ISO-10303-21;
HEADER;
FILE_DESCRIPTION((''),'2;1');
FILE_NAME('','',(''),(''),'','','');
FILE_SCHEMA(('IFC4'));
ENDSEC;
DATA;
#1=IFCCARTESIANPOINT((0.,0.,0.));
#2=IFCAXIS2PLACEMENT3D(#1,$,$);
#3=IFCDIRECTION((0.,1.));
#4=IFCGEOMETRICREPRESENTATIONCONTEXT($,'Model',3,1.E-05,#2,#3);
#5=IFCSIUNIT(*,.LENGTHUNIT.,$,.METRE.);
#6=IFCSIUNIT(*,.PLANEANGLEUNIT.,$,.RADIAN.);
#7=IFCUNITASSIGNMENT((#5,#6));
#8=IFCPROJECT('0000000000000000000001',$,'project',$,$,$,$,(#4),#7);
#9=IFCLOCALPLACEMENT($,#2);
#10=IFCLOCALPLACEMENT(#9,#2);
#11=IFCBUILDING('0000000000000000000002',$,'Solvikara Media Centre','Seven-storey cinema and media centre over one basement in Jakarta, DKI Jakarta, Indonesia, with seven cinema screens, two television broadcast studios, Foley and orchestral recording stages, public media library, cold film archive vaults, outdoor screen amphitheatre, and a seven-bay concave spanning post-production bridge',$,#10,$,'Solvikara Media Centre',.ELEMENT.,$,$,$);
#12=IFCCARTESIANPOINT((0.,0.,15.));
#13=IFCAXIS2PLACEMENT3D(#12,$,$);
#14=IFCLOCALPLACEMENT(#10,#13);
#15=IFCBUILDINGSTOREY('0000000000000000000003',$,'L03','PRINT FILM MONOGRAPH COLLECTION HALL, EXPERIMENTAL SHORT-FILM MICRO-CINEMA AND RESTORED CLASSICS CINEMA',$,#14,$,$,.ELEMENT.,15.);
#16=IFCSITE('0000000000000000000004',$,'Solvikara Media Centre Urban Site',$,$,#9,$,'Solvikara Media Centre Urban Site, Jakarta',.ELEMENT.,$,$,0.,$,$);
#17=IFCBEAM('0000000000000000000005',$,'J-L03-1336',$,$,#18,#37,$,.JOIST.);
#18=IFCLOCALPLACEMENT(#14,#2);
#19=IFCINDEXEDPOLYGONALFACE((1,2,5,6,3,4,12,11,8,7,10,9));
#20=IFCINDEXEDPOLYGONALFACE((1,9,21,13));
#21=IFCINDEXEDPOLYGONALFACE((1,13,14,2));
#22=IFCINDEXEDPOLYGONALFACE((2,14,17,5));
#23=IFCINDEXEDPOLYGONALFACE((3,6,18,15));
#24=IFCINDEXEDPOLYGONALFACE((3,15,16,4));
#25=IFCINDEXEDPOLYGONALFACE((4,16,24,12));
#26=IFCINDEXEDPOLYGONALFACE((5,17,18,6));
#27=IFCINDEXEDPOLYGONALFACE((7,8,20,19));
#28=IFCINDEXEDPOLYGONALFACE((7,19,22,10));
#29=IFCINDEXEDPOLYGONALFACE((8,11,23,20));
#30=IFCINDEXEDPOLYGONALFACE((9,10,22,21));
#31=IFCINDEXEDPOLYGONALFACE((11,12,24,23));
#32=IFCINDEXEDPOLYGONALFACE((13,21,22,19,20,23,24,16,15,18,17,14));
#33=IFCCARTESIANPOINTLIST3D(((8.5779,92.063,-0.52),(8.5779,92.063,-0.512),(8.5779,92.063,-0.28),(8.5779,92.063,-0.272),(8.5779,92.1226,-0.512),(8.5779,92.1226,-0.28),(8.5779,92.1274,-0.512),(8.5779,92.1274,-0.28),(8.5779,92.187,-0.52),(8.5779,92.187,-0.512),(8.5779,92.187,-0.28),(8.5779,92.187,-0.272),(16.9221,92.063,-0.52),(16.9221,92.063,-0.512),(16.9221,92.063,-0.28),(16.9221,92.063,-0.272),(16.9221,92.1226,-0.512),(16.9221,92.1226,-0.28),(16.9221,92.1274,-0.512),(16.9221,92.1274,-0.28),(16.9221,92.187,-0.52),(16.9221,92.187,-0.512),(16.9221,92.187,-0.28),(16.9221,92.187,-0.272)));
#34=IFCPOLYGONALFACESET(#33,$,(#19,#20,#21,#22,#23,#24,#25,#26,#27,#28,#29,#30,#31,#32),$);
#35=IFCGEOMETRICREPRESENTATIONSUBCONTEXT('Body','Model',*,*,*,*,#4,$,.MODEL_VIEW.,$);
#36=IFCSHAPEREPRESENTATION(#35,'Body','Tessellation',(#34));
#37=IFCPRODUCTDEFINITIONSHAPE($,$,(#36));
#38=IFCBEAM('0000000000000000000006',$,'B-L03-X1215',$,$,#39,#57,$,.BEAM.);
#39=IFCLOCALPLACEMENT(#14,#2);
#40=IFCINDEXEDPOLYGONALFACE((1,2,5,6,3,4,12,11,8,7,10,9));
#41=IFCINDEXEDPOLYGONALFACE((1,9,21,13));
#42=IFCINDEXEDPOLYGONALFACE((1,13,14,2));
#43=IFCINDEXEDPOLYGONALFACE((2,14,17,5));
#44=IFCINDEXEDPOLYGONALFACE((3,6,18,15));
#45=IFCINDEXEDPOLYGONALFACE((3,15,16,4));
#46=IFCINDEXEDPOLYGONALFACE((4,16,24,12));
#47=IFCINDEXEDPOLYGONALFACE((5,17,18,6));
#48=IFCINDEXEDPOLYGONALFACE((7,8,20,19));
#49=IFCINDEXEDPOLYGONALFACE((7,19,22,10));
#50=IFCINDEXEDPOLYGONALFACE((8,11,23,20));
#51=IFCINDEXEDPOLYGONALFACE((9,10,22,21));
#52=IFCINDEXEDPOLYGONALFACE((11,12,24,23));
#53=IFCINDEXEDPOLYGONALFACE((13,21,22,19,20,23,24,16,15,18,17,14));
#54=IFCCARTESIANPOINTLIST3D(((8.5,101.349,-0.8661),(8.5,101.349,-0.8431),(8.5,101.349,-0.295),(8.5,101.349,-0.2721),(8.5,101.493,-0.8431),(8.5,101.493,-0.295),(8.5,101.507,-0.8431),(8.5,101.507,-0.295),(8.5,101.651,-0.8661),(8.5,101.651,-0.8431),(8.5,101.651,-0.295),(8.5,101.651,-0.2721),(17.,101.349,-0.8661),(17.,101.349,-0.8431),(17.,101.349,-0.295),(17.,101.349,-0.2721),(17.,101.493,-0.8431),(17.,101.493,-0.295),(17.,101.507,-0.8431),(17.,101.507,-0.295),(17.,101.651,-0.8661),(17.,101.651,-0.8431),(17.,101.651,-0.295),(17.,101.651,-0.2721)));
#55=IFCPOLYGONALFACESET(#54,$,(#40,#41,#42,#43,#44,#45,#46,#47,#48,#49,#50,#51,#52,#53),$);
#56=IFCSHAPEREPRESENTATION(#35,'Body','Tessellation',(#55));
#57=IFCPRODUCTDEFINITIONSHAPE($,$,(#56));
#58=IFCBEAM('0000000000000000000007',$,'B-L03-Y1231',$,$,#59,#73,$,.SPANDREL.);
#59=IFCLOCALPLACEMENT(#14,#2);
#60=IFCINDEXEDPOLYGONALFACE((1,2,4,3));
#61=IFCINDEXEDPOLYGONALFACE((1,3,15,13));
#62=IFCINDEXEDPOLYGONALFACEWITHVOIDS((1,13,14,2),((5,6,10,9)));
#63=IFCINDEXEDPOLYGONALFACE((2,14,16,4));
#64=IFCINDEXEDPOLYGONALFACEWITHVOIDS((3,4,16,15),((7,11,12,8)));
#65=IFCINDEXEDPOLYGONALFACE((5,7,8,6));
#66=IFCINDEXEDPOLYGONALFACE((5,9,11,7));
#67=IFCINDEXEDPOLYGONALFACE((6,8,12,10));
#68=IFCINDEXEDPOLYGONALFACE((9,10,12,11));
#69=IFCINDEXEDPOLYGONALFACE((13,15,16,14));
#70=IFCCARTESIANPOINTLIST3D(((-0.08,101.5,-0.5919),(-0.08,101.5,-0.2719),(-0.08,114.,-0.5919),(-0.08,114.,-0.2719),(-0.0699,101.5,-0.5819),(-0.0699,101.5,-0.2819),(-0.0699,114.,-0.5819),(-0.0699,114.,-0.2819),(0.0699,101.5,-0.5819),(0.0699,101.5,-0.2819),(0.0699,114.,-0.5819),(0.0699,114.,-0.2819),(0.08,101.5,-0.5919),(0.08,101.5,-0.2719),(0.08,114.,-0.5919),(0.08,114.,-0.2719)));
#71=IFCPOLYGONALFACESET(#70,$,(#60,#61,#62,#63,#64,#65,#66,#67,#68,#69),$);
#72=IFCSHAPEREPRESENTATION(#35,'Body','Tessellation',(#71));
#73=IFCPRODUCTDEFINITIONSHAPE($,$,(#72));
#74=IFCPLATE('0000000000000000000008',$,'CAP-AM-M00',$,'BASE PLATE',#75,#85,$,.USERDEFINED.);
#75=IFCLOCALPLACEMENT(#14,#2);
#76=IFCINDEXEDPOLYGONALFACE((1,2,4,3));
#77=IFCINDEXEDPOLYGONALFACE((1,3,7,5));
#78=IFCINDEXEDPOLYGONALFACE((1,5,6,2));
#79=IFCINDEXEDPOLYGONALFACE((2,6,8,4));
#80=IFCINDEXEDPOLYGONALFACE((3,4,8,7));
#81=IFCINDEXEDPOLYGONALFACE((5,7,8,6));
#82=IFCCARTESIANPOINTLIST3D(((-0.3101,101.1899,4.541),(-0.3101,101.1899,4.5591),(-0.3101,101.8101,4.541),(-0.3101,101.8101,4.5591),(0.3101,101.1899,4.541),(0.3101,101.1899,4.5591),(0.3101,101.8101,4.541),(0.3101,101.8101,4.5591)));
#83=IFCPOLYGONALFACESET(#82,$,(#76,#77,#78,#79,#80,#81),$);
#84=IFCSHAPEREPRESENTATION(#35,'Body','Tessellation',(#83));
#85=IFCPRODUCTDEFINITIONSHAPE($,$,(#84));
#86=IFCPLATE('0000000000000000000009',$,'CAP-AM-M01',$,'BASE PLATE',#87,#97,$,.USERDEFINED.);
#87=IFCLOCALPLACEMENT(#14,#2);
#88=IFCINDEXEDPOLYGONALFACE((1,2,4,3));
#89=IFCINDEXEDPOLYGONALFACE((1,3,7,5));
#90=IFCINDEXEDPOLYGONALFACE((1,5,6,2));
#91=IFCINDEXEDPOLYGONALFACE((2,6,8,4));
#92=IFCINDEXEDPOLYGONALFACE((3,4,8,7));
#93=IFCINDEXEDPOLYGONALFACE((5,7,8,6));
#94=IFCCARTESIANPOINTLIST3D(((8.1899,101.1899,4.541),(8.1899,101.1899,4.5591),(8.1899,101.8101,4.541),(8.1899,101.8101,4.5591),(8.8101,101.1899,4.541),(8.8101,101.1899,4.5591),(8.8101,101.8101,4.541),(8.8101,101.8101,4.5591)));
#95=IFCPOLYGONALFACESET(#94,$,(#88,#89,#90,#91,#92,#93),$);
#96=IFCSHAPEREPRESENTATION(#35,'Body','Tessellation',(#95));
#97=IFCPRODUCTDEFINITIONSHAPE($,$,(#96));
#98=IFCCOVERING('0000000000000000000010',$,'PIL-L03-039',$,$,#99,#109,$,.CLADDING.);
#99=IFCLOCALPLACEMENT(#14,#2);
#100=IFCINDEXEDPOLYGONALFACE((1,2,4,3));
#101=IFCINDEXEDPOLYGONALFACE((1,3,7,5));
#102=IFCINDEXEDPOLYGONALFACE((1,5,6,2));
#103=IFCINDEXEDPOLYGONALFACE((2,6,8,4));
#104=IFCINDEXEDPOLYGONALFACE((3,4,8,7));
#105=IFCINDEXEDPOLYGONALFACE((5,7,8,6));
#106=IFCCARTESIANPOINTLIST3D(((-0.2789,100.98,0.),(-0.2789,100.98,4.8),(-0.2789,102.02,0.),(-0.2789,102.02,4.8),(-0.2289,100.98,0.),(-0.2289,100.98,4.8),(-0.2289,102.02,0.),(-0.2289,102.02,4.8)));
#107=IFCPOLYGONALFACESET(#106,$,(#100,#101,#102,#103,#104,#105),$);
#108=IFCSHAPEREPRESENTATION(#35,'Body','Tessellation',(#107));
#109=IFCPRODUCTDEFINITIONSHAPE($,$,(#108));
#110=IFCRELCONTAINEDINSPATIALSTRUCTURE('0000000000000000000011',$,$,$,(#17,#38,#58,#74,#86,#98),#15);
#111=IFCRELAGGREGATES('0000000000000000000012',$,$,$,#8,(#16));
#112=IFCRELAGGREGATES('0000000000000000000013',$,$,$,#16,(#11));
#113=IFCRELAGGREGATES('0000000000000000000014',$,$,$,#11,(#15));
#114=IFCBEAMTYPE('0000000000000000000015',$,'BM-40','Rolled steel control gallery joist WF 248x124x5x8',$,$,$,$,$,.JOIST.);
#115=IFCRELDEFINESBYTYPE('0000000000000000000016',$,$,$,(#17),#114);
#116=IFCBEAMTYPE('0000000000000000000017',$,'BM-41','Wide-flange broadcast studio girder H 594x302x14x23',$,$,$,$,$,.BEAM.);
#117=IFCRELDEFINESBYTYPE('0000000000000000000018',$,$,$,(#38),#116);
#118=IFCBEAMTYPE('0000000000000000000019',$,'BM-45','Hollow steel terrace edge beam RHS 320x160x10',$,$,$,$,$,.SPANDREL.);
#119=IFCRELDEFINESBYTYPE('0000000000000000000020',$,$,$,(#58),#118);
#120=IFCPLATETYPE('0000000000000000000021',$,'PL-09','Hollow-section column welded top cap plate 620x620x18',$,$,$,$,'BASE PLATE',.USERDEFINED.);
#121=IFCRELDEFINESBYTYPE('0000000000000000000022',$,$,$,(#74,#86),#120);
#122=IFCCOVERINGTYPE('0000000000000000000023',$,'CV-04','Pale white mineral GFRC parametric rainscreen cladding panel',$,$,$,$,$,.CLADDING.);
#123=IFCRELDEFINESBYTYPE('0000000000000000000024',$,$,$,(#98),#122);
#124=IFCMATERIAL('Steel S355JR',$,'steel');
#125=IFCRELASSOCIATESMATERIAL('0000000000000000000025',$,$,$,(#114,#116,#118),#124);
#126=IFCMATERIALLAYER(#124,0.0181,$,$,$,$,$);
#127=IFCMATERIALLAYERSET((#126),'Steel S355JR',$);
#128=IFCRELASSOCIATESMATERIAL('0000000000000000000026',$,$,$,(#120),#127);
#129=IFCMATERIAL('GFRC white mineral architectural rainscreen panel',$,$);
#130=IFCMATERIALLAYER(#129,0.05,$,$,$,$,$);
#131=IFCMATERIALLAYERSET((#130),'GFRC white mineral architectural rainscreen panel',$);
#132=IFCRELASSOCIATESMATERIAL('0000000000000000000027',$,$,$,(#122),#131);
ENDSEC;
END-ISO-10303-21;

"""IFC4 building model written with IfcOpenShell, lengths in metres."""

from ifc_helpers import new_model, si_unit, direction, frame, origin, origin_2d, place, context, subcontext, project, spatial, rectangle, hollow_rectangle, i_section, extrude, material, layer, layer_set, material_profile, profile_set, type_object, element, save


model = new_model("IFC4")

# Units and contexts
model_context = context("Model", 3, precision=1e-05, world=origin(), true_north=direction((0.0, 1.0)))
body_context = subcontext(model_context, "Body", "Model", "MODEL_VIEW")
ifc_project = project(units=[si_unit("LENGTHUNIT", "METRE"), si_unit("PLANEANGLEUNIT", "RADIAN")], contexts=[model_context])

# Site, building, storey
site_placement = place(None, origin())
site = spatial("IfcSite", under=ifc_project, at=site_placement, Name="Solvikara Media Centre Urban Site", LongName="Solvikara Media Centre Urban Site, Jakarta", CompositionType="ELEMENT", RefElevation=0.0)
building_placement = place(site_placement, origin())
building = spatial("IfcBuilding", under=site, at=building_placement, Name="Solvikara Media Centre", Description="Seven-storey cinema and media centre over one basement in Jakarta, DKI Jakarta, Indonesia, with seven cinema screens, two television broadcast studios, Foley and orchestral recording stages, public media library, cold film archive vaults, outdoor screen amphitheatre, and a seven-bay concave spanning post-production bridge", LongName="Solvikara Media Centre", CompositionType="ELEMENT")
storey_placement = place(building_placement, frame((0.0, 0.0, 15.0)))
storey = spatial("IfcBuildingStorey", under=building, at=storey_placement, Name="L03", Description="PRINT FILM MONOGRAPH COLLECTION HALL, EXPERIMENTAL SHORT-FILM MICRO-CINEMA AND RESTORED CLASSICS CINEMA", CompositionType="ELEMENT", Elevation=15.0)

# Shared definitions
ifc_material_1 = material(Name="Steel S355JR", Category="steel")

# Beams
ifc_material_profile_1 = material_profile(ifc_material_1, i_section(OverallWidth=0.124, OverallDepth=0.248, WebThickness=0.0049, FlangeThickness=0.0081, at=origin_2d()), Name="WF 248x124x5x8")
ifc_profile_set_1 = profile_set([ifc_material_profile_1], Name="Steel S355JR")
beam_type_1 = type_object("IfcBeamType", Name="BM-40", Description="Rolled steel control gallery joist WF 248x124x5x8", PredefinedType="JOIST", material=ifc_profile_set_1)
beam_1_placement = place(storey_placement, frame((8.5779, 92.125, -0.396), z_axis=(1.0, 0.0, 0.0), x_axis=(0.0, 1.0, 0.0)))
element("IfcBeam", 1, at=beam_1_placement, inside=storey, type_object=beam_type_1, Name="J-L03-1336", PredefinedType="JOIST", context=body_context, shape_type="SweptSolid", body=[
    extrude(i_section(OverallWidth=0.124, OverallDepth=0.248, WebThickness=0.0049, FlangeThickness=0.0081, at=origin_2d()), origin(), (0.0, 0.0, 1.0), 8.3442),
])
ifc_material_profile_2 = material_profile(ifc_material_1, i_section(OverallWidth=0.302, OverallDepth=0.594, WebThickness=0.0139, FlangeThickness=0.0229, at=origin_2d()), Name="H 594x302x14x23")
ifc_profile_set_2 = profile_set([ifc_material_profile_2], Name="Steel S355JR")
beam_type_2 = type_object("IfcBeamType", Name="BM-41", Description="Wide-flange broadcast studio girder H 594x302x14x23", PredefinedType="BEAM", material=ifc_profile_set_2)
beam_2_placement = place(storey_placement, frame((8.5, 101.5, -0.5691), z_axis=(1.0, 0.0, 0.0), x_axis=(0.0, 1.0, 0.0)))
element("IfcBeam", 2, at=beam_2_placement, inside=storey, type_object=beam_type_2, Name="B-L03-X1215", PredefinedType="BEAM", context=body_context, shape_type="SweptSolid", body=[
    extrude(i_section(OverallWidth=0.302, OverallDepth=0.594, WebThickness=0.0139, FlangeThickness=0.0229, at=origin_2d()), origin(), (0.0, 0.0, 1.0), 8.5),
])
ifc_material_profile_3 = material_profile(ifc_material_1, hollow_rectangle(XDim=0.1599, YDim=0.3201, WallThickness=0.01, at=origin_2d()), Name="RHS 320x160x10")
ifc_profile_set_3 = profile_set([ifc_material_profile_3], Name="Steel S355JR")
beam_type_3 = type_object("IfcBeamType", Name="BM-45", Description="Hollow steel terrace edge beam RHS 320x160x10", PredefinedType="SPANDREL", material=ifc_profile_set_3)
beam_3_placement = place(storey_placement, frame((0.0, 101.5, -0.4319), z_axis=(0.0, 1.0, 0.0), x_axis=(-1.0, 0.0, 0.0)))
element("IfcBeam", 3, at=beam_3_placement, inside=storey, type_object=beam_type_3, Name="B-L03-Y1231", PredefinedType="SPANDREL", context=body_context, shape_type="SweptSolid", body=[
    extrude(hollow_rectangle(XDim=0.1599, YDim=0.3201, WallThickness=0.01, at=origin_2d()), origin(), (0.0, 0.0, 1.0), 12.5),
])

# Plates
ifc_layer_1 = layer(ifc_material_1, 0.0181)
ifc_layer_set_1 = layer_set([ifc_layer_1], Name="Steel S355JR")
plate_type = type_object("IfcPlateType", Name="PL-09", Description="Hollow-section column welded top cap plate 620x620x18", ElementType="BASE PLATE", PredefinedType="USERDEFINED", material=ifc_layer_set_1)
for number, where, z_axis, x_axis, name in (
    (4, (0.0, 101.5, 4.541), (0.0, 0.0, 1.0), (1.0, 0.0, 0.0), "CAP-AM-M00"),
    (5, (8.5, 101.5, 4.541), (0.0, 0.0, 1.0), (1.0, 0.0, 0.0), "CAP-AM-M01"),
):
    element("IfcPlate", number, at=place(storey_placement, frame(where, z_axis=z_axis, x_axis=x_axis)), inside=storey, type_object=plate_type, Name=name, ObjectType="BASE PLATE", PredefinedType="USERDEFINED", context=body_context, shape_type="SweptSolid", body=[
        extrude(rectangle(XDim=0.6201, YDim=0.6201, at=origin_2d()), origin(), (0.0, 0.0, 1.0), 0.0181),
    ])

# Covering
ifc_material_2 = material(Name="GFRC white mineral architectural rainscreen panel")
ifc_layer_2 = layer(ifc_material_2, 0.05)
ifc_layer_set_2 = layer_set([ifc_layer_2], Name="GFRC white mineral architectural rainscreen panel")
covering_type = type_object("IfcCoveringType", Name="CV-04", Description="Pale white mineral GFRC parametric rainscreen cladding panel", PredefinedType="CLADDING", material=ifc_layer_set_2)
covering_placement = place(storey_placement, frame((-0.2539, 101.5, 0.0), z_axis=(0.0, 0.0, 1.0), x_axis=(0.0, -1.0, 0.0)))
element("IfcCovering", 6, at=covering_placement, inside=storey, type_object=covering_type, Name="PIL-L03-039", PredefinedType="CLADDING", context=body_context, shape_type="SweptSolid", body=[
    extrude(rectangle(XDim=1.04, YDim=0.05, at=origin_2d()), origin(), (0.0, 0.0, 1.0), 4.8),
])

save(model, "model.ifc")
